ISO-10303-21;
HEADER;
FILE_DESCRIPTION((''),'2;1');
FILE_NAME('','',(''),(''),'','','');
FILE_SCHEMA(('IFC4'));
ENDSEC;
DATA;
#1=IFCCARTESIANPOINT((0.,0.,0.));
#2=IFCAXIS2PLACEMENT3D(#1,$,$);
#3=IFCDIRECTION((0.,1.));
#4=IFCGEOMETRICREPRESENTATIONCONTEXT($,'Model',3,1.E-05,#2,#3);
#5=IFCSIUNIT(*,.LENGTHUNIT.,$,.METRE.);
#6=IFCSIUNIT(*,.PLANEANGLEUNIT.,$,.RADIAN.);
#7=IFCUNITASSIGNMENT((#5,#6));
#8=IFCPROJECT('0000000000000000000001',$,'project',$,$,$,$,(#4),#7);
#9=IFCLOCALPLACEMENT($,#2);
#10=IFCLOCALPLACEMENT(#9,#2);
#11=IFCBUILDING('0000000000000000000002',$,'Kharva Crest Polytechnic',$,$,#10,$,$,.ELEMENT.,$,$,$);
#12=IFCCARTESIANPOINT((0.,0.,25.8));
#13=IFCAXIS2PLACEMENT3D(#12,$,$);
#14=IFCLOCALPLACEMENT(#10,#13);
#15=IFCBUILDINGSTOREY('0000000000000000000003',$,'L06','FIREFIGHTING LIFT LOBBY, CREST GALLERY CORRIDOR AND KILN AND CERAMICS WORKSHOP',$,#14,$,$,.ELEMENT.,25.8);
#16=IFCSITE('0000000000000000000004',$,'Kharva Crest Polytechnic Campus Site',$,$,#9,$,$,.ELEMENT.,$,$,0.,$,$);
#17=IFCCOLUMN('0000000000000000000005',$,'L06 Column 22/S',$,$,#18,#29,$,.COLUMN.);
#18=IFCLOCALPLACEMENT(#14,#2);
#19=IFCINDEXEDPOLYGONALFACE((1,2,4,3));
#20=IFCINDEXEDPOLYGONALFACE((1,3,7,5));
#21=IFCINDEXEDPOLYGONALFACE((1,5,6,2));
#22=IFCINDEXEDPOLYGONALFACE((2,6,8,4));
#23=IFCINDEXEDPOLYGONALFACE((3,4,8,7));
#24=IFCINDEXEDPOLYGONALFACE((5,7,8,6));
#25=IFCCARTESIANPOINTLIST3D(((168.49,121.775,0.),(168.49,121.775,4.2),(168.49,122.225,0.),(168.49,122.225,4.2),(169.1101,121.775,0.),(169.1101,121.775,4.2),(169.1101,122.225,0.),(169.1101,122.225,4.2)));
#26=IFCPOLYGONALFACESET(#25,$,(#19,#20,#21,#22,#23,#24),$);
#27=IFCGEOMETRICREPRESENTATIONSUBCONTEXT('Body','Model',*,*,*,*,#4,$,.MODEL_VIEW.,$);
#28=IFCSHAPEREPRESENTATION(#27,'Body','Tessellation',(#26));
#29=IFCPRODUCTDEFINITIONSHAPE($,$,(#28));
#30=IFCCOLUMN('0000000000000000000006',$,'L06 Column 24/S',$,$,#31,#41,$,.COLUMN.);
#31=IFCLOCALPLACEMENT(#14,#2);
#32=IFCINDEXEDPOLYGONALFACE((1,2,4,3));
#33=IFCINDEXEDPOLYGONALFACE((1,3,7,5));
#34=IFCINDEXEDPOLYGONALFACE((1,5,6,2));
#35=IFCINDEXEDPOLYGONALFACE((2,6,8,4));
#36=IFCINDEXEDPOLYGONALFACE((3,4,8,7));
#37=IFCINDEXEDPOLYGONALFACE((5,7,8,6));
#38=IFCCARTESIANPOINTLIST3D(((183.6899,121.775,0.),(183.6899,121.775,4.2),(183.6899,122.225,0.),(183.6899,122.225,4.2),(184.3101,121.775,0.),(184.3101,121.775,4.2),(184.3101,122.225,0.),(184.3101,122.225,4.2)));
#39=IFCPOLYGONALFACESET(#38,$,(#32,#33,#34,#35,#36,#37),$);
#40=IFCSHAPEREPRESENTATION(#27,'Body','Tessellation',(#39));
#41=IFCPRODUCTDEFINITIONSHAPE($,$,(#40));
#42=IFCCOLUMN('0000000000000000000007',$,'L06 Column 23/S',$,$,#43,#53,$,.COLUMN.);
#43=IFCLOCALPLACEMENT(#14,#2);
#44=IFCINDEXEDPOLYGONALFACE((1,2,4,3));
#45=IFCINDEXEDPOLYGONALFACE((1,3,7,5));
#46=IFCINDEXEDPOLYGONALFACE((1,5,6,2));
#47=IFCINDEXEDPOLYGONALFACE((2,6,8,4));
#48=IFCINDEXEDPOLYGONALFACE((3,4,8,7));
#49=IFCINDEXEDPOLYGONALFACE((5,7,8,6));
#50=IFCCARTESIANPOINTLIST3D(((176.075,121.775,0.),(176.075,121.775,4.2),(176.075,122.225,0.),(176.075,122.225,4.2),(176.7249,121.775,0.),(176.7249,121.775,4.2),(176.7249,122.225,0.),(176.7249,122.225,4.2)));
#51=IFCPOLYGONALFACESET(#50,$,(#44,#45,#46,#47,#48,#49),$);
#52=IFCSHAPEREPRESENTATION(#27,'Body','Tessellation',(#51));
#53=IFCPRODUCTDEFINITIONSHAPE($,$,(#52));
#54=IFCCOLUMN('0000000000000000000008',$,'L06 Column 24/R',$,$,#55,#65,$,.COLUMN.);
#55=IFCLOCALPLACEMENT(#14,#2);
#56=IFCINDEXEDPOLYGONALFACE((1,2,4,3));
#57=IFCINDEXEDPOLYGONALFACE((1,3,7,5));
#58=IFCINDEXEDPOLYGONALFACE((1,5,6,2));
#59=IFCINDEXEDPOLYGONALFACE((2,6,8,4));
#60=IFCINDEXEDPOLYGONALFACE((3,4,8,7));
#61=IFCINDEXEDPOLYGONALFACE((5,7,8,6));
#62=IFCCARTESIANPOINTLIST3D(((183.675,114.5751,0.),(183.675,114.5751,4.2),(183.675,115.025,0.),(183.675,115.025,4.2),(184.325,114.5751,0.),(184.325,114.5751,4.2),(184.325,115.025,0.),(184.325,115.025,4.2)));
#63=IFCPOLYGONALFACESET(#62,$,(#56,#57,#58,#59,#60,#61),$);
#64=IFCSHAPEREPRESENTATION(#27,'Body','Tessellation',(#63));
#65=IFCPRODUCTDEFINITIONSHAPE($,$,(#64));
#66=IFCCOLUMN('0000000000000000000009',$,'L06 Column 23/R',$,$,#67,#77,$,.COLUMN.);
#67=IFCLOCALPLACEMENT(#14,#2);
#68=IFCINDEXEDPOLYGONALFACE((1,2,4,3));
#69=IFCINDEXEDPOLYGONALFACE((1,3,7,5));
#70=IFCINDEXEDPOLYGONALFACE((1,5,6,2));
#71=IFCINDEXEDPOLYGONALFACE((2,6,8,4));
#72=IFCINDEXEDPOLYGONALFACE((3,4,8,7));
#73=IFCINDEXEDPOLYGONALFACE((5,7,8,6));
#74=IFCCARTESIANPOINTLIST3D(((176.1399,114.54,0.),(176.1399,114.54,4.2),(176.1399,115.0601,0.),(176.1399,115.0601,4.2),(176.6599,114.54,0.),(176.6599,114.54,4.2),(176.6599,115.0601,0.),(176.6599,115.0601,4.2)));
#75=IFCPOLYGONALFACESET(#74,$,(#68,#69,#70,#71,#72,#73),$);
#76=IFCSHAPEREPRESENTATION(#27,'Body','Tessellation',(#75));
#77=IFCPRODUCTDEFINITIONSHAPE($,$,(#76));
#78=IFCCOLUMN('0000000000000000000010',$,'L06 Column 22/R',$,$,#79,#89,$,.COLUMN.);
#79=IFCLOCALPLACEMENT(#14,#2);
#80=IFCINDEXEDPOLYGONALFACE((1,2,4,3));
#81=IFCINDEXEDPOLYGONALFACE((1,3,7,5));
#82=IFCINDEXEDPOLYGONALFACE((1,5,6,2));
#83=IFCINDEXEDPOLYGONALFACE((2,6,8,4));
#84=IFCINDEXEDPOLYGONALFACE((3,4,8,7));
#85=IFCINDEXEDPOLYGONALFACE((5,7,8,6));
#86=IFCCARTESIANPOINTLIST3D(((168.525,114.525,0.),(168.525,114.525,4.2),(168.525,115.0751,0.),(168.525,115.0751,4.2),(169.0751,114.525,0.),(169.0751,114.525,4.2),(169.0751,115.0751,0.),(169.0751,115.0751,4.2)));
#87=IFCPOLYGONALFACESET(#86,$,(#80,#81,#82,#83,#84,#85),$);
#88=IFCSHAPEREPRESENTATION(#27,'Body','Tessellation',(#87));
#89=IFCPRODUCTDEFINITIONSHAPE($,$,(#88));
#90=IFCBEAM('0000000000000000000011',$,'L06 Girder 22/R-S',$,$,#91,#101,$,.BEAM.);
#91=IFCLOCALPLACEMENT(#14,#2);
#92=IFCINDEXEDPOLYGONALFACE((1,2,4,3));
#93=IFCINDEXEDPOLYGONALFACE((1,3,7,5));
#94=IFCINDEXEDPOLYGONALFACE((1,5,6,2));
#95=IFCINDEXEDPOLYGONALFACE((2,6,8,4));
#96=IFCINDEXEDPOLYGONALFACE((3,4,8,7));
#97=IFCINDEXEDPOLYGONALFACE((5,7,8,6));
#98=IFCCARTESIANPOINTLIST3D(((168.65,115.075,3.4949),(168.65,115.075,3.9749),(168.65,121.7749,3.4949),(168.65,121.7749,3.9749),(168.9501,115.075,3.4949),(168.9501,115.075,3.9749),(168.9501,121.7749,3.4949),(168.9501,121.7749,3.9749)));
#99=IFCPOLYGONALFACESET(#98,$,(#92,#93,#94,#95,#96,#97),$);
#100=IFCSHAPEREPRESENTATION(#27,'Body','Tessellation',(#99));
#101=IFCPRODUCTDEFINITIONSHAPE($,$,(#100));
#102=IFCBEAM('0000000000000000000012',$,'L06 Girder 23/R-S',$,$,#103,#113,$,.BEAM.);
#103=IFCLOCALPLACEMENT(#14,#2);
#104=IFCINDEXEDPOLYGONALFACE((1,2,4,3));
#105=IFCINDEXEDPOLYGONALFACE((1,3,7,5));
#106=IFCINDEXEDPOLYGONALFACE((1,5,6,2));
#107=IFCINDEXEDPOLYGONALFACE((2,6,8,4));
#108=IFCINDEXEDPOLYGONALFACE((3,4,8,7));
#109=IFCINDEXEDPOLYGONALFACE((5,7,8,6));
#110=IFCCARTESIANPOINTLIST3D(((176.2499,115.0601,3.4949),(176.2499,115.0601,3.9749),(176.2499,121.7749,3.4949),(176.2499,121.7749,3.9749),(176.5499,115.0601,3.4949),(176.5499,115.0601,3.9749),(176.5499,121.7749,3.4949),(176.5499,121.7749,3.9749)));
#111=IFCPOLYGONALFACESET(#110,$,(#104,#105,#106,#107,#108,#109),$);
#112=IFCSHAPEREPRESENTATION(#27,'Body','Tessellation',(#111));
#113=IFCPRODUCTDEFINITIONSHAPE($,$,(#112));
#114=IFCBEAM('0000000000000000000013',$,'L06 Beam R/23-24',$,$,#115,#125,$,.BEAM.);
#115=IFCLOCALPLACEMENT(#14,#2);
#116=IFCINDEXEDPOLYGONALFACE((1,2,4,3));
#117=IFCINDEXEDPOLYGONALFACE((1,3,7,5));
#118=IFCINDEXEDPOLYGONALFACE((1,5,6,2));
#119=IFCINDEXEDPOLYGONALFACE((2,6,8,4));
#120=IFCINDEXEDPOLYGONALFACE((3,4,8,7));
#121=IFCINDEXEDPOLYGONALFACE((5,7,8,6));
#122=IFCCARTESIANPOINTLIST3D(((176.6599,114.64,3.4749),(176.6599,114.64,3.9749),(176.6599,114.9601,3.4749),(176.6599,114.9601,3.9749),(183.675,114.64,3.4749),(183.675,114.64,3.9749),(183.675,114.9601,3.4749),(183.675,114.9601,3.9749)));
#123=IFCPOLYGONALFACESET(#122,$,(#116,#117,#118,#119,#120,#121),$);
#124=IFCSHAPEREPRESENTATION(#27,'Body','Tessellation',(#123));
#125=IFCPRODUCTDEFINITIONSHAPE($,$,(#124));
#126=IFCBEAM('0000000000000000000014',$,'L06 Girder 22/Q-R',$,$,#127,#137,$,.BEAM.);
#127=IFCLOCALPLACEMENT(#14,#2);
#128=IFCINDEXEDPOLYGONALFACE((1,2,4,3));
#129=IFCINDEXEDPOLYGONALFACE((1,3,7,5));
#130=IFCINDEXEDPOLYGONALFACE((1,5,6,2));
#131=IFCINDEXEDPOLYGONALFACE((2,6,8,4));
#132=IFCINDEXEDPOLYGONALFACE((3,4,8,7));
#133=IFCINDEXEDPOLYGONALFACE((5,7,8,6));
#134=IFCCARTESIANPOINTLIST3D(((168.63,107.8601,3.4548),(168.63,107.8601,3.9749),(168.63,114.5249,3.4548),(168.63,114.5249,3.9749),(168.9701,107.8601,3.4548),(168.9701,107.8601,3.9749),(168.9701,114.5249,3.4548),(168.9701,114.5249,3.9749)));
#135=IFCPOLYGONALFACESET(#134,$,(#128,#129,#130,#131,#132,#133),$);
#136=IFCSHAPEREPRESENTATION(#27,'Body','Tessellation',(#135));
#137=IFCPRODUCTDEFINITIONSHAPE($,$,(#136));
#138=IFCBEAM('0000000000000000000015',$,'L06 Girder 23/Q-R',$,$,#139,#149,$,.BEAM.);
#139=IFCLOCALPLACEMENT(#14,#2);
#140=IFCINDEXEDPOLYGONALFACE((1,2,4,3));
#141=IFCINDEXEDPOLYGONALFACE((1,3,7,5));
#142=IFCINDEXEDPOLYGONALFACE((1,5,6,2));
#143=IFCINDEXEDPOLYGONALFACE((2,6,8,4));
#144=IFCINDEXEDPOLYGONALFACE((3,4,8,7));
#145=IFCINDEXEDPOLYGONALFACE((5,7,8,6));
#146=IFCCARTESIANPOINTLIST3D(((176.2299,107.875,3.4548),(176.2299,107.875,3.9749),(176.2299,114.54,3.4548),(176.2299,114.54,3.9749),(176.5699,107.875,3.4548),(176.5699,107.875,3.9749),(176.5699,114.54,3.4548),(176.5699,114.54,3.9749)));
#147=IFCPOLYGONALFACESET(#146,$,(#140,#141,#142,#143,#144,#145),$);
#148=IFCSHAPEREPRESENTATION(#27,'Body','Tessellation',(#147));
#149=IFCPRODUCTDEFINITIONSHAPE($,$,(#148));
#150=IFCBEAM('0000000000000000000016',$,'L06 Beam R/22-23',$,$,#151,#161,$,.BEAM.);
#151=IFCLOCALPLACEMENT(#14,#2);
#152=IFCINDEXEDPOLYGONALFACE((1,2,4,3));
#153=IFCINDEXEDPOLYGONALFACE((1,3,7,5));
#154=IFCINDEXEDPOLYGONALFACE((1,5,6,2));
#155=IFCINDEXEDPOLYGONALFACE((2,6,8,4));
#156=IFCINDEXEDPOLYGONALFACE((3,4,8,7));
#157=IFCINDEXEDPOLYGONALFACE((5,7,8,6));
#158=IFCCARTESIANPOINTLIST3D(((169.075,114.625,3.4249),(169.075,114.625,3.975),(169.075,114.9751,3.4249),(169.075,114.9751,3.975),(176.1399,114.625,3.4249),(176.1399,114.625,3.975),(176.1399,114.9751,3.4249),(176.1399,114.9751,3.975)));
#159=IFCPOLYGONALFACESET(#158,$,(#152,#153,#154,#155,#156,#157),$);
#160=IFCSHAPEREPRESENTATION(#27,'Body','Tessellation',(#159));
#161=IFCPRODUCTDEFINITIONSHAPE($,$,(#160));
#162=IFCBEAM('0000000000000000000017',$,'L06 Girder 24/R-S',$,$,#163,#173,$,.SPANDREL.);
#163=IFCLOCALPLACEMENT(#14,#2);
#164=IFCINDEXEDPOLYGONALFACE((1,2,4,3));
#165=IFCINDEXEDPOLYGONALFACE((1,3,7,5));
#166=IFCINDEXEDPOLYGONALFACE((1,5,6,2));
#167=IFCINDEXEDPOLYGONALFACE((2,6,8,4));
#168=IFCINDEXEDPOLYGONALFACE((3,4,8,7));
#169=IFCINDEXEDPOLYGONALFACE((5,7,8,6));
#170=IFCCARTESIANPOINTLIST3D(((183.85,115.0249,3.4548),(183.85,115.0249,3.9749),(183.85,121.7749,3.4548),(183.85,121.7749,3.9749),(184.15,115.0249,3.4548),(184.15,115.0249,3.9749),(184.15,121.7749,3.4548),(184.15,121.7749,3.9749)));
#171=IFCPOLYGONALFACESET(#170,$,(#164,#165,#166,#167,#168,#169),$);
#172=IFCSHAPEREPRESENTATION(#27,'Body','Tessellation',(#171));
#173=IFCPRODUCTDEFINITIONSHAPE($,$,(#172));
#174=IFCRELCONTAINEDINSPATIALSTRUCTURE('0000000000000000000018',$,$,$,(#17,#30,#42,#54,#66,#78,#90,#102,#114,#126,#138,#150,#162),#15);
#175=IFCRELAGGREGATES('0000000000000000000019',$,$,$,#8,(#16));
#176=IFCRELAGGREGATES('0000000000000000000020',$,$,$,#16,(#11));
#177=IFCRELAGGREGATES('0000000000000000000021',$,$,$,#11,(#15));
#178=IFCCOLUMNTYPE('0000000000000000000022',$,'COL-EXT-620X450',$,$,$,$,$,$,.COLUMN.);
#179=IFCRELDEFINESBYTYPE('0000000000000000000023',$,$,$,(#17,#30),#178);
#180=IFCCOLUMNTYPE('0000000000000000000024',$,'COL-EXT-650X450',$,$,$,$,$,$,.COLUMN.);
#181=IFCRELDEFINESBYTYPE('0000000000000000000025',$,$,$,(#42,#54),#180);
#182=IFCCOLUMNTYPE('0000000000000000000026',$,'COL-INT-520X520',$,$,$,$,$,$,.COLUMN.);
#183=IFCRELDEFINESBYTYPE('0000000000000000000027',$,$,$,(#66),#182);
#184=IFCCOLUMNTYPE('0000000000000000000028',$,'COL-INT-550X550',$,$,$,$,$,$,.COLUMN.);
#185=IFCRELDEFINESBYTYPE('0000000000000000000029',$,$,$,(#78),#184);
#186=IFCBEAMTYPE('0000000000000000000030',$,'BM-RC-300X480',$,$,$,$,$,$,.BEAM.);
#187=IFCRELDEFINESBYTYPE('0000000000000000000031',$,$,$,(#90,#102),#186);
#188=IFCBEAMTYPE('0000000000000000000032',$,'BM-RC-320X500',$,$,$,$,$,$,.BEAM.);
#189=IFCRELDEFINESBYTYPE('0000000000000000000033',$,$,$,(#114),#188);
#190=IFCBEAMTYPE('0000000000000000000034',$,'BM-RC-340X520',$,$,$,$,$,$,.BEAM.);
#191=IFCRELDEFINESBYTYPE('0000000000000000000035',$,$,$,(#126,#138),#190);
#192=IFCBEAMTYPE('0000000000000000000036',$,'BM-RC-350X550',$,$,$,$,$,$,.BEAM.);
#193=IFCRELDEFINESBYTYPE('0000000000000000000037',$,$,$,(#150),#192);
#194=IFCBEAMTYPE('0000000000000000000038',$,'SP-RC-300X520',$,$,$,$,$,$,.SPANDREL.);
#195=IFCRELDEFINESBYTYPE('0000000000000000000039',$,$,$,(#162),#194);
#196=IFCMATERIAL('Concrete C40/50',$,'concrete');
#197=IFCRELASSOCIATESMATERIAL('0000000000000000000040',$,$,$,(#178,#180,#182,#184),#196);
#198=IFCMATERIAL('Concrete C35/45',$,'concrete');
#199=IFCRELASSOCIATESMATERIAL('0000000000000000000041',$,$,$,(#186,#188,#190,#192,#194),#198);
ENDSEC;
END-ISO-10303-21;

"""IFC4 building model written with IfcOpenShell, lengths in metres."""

from ifc_helpers import new_model, si_unit, direction, frame, origin, origin_2d, place, context, subcontext, project, spatial, rectangle, extrude, material, material_profile, profile_set, type_object, element, save


model = new_model("IFC4")

# Units and contexts
model_context = context("Model", 3, precision=1e-05, world=origin(), true_north=direction((0.0, 1.0)))
body_context = subcontext(model_context, "Body", "Model", "MODEL_VIEW")
ifc_project = project(units=[si_unit("LENGTHUNIT", "METRE"), si_unit("PLANEANGLEUNIT", "RADIAN")], contexts=[model_context])

# Site, building, storey
site_placement = place(None, origin())
site = spatial("IfcSite", under=ifc_project, at=site_placement, Name="Kharva Crest Polytechnic Campus Site", CompositionType="ELEMENT", RefElevation=0.0)
building_placement = place(site_placement, origin())
building = spatial("IfcBuilding", under=site, at=building_placement, Name="Kharva Crest Polytechnic", CompositionType="ELEMENT")
storey_placement = place(building_placement, frame((0.0, 0.0, 25.8)))
storey = spatial("IfcBuildingStorey", under=building, at=storey_placement, Name="L06", Description="FIREFIGHTING LIFT LOBBY, CREST GALLERY CORRIDOR AND KILN AND CERAMICS WORKSHOP", CompositionType="ELEMENT", Elevation=25.8)

# Columns
ifc_material_1 = material(Name="Concrete C40/50", Category="concrete")
ifc_material_profile_1 = material_profile(ifc_material_1, rectangle(XDim=0.6201, YDim=0.45, at=origin_2d()), Name="RECT 620 X 450")
ifc_profile_set_1 = profile_set([ifc_material_profile_1], Name="Concrete C40/50")
column_type_1 = type_object("IfcColumnType", Name="COL-EXT-620X450", PredefinedType="COLUMN", material=ifc_profile_set_1)
for number, where, z_axis, x_axis, name in (
    (1, (168.8, 122.0, 0.0), (0.0, 0.0, 1.0), (1.0, 0.0, 0.0), "L06 Column 22/S"),
    (2, (184.0, 122.0, 0.0), (0.0, 0.0, 1.0), (1.0, 0.0, 0.0), "L06 Column 24/S"),
):
    element("IfcColumn", number, at=place(storey_placement, frame(where, z_axis=z_axis, x_axis=x_axis)), inside=storey, type_object=column_type_1, Name=name, PredefinedType="COLUMN", context=body_context, shape_type="SweptSolid", body=[
        extrude(rectangle(XDim=0.6201, YDim=0.45, at=origin_2d()), origin(), (0.0, 0.0, 1.0), 4.2),
    ])
ifc_material_profile_2 = material_profile(ifc_material_1, rectangle(XDim=0.6499, YDim=0.45, at=origin_2d()), Name="RECT 650 X 450")
ifc_profile_set_2 = profile_set([ifc_material_profile_2], Name="Concrete C40/50")
column_type_2 = type_object("IfcColumnType", Name="COL-EXT-650X450", PredefinedType="COLUMN", material=ifc_profile_set_2)
for number, where, z_axis, x_axis, name in (
    (3, (176.3999, 122.0, 0.0), (0.0, 0.0, 1.0), (1.0, 0.0, 0.0), "L06 Column 23/S"),
    (4, (184.0, 114.8, 0.0), (0.0, 0.0, 1.0), (1.0, 0.0, 0.0), "L06 Column 24/R"),
):
    element("IfcColumn", number, at=place(storey_placement, frame(where, z_axis=z_axis, x_axis=x_axis)), inside=storey, type_object=column_type_2, Name=name, PredefinedType="COLUMN", context=body_context, shape_type="SweptSolid", body=[
        extrude(rectangle(XDim=0.6499, YDim=0.45, at=origin_2d()), origin(), (0.0, 0.0, 1.0), 4.2),
    ])
ifc_material_profile_3 = material_profile(ifc_material_1, rectangle(XDim=0.52, YDim=0.52, at=origin_2d()), Name="RECT 520 X 520")
ifc_profile_set_3 = profile_set([ifc_material_profile_3], Name="Concrete C40/50")
column_type_3 = type_object("IfcColumnType", Name="COL-INT-520X520", PredefinedType="COLUMN", material=ifc_profile_set_3)
column_1_placement = place(storey_placement, frame((176.3999, 114.8, 0.0), z_axis=(0.0, 0.0, 1.0), x_axis=(1.0, 0.0, 0.0)))
element("IfcColumn", 5, at=column_1_placement, inside=storey, type_object=column_type_3, Name="L06 Column 23/R", PredefinedType="COLUMN", context=body_context, shape_type="SweptSolid", body=[
    extrude(rectangle(XDim=0.52, YDim=0.52, at=origin_2d()), origin(), (0.0, 0.0, 1.0), 4.2),
])
ifc_material_profile_4 = material_profile(ifc_material_1, rectangle(XDim=0.55, YDim=0.55, at=origin_2d()), Name="RECT 550 X 550")
ifc_profile_set_4 = profile_set([ifc_material_profile_4], Name="Concrete C40/50")
column_type_4 = type_object("IfcColumnType", Name="COL-INT-550X550", PredefinedType="COLUMN", material=ifc_profile_set_4)
column_2_placement = place(storey_placement, frame((168.8, 114.8, 0.0), z_axis=(0.0, 0.0, 1.0), x_axis=(1.0, 0.0, 0.0)))
element("IfcColumn", 6, at=column_2_placement, inside=storey, type_object=column_type_4, Name="L06 Column 22/R", PredefinedType="COLUMN", context=body_context, shape_type="SweptSolid", body=[
    extrude(rectangle(XDim=0.55, YDim=0.55, at=origin_2d()), origin(), (0.0, 0.0, 1.0), 4.2),
])

# Beams
ifc_material_2 = material(Name="Concrete C35/45", Category="concrete")
ifc_material_profile_5 = material_profile(ifc_material_2, rectangle(XDim=0.3, YDim=0.48, at=origin_2d()), Name="RECT 300 X 480")
ifc_profile_set_5 = profile_set([ifc_material_profile_5], Name="Concrete C35/45")
beam_type_1 = type_object("IfcBeamType", Name="BM-RC-300X480", PredefinedType="BEAM", material=ifc_profile_set_5)
beam_1_placement = place(storey_placement, frame((168.8, 115.075, 3.7349), z_axis=(0.0, 1.0, 0.0), x_axis=(-1.0, 0.0, 0.0)))
element("IfcBeam", 7, at=beam_1_placement, inside=storey, type_object=beam_type_1, Name="L06 Girder 22/R-S", PredefinedType="BEAM", context=body_context, shape_type="SweptSolid", body=[
    extrude(rectangle(XDim=0.3, YDim=0.48, at=origin_2d()), origin(), (0.0, 0.0, 1.0), 6.7),
])
beam_2_placement = place(storey_placement, frame((176.3999, 115.0601, 3.7349), z_axis=(0.0, 1.0, 0.0), x_axis=(-1.0, 0.0, 0.0)))
element("IfcBeam", 8, at=beam_2_placement, inside=storey, type_object=beam_type_1, Name="L06 Girder 23/R-S", PredefinedType="BEAM", context=body_context, shape_type="SweptSolid", body=[
    extrude(rectangle(XDim=0.3, YDim=0.48, at=origin_2d()), origin(), (0.0, 0.0, 1.0), 6.7148),
])
ifc_material_profile_6 = material_profile(ifc_material_2, rectangle(XDim=0.3201, YDim=0.5, at=origin_2d()), Name="RECT 320 X 500")
ifc_profile_set_6 = profile_set([ifc_material_profile_6], Name="Concrete C35/45")
beam_type_2 = type_object("IfcBeamType", Name="BM-RC-320X500", PredefinedType="BEAM", material=ifc_profile_set_6)
beam_3_placement = place(storey_placement, frame((176.6599, 114.8, 3.7249), z_axis=(1.0, 0.0, 0.0), x_axis=(0.0, 1.0, 0.0)))
element("IfcBeam", 9, at=beam_3_placement, inside=storey, type_object=beam_type_2, Name="L06 Beam R/23-24", PredefinedType="BEAM", context=body_context, shape_type="SweptSolid", body=[
    extrude(rectangle(XDim=0.3201, YDim=0.5, at=origin_2d()), origin(), (0.0, 0.0, 1.0), 7.0151),
])
ifc_material_profile_7 = material_profile(ifc_material_2, rectangle(XDim=0.3401, YDim=0.52, at=origin_2d()), Name="RECT 340 X 520")
ifc_profile_set_7 = profile_set([ifc_material_profile_7], Name="Concrete C35/45")
beam_type_3 = type_object("IfcBeamType", Name="BM-RC-340X520", PredefinedType="BEAM", material=ifc_profile_set_7)
beam_4_placement = place(storey_placement, frame((168.8, 107.8601, 3.7148), z_axis=(0.0, 1.0, 0.0), x_axis=(-1.0, 0.0, 0.0)))
element("IfcBeam", 10, at=beam_4_placement, inside=storey, type_object=beam_type_3, Name="L06 Girder 22/Q-R", PredefinedType="BEAM", context=body_context, shape_type="SweptSolid", body=[
    extrude(rectangle(XDim=0.3401, YDim=0.52, at=origin_2d()), origin(), (0.0, 0.0, 1.0), 6.6648),
])
beam_5_placement = place(storey_placement, frame((176.3999, 107.875, 3.7148), z_axis=(0.0, 1.0, 0.0), x_axis=(-1.0, 0.0, 0.0)))
element("IfcBeam", 11, at=beam_5_placement, inside=storey, type_object=beam_type_3, Name="L06 Girder 23/Q-R", PredefinedType="BEAM", context=body_context, shape_type="SweptSolid", body=[
    extrude(rectangle(XDim=0.3401, YDim=0.52, at=origin_2d()), origin(), (0.0, 0.0, 1.0), 6.665),
])
ifc_material_profile_8 = material_profile(ifc_material_2, rectangle(XDim=0.3501, YDim=0.55, at=origin_2d()), Name="RECT 350 X 550")
ifc_profile_set_8 = profile_set([ifc_material_profile_8], Name="Concrete C35/45")
beam_type_4 = type_object("IfcBeamType", Name="BM-RC-350X550", PredefinedType="BEAM", material=ifc_profile_set_8)
beam_6_placement = place(storey_placement, frame((169.075, 114.8, 3.7), z_axis=(1.0, 0.0, 0.0), x_axis=(0.0, 1.0, 0.0)))
element("IfcBeam", 12, at=beam_6_placement, inside=storey, type_object=beam_type_4, Name="L06 Beam R/22-23", PredefinedType="BEAM", context=body_context, shape_type="SweptSolid", body=[
    extrude(rectangle(XDim=0.3501, YDim=0.55, at=origin_2d()), origin(), (0.0, 0.0, 1.0), 7.0649),
])
ifc_material_profile_9 = material_profile(ifc_material_2, rectangle(XDim=0.3, YDim=0.52, at=origin_2d()), Name="RECT 300 X 520")
ifc_profile_set_9 = profile_set([ifc_material_profile_9], Name="Concrete C35/45")
beam_type_5 = type_object("IfcBeamType", Name="SP-RC-300X520", PredefinedType="SPANDREL", material=ifc_profile_set_9)
beam_7_placement = place(storey_placement, frame((184.0, 115.0249, 3.7148), z_axis=(0.0, 1.0, 0.0), x_axis=(-1.0, 0.0, 0.0)))
element("IfcBeam", 13, at=beam_7_placement, inside=storey, type_object=beam_type_5, Name="L06 Girder 24/R-S", PredefinedType="SPANDREL", context=body_context, shape_type="SweptSolid", body=[
    extrude(rectangle(XDim=0.3, YDim=0.52, at=origin_2d()), origin(), (0.0, 0.0, 1.0), 6.75),
])

save(model, "model.ifc")
